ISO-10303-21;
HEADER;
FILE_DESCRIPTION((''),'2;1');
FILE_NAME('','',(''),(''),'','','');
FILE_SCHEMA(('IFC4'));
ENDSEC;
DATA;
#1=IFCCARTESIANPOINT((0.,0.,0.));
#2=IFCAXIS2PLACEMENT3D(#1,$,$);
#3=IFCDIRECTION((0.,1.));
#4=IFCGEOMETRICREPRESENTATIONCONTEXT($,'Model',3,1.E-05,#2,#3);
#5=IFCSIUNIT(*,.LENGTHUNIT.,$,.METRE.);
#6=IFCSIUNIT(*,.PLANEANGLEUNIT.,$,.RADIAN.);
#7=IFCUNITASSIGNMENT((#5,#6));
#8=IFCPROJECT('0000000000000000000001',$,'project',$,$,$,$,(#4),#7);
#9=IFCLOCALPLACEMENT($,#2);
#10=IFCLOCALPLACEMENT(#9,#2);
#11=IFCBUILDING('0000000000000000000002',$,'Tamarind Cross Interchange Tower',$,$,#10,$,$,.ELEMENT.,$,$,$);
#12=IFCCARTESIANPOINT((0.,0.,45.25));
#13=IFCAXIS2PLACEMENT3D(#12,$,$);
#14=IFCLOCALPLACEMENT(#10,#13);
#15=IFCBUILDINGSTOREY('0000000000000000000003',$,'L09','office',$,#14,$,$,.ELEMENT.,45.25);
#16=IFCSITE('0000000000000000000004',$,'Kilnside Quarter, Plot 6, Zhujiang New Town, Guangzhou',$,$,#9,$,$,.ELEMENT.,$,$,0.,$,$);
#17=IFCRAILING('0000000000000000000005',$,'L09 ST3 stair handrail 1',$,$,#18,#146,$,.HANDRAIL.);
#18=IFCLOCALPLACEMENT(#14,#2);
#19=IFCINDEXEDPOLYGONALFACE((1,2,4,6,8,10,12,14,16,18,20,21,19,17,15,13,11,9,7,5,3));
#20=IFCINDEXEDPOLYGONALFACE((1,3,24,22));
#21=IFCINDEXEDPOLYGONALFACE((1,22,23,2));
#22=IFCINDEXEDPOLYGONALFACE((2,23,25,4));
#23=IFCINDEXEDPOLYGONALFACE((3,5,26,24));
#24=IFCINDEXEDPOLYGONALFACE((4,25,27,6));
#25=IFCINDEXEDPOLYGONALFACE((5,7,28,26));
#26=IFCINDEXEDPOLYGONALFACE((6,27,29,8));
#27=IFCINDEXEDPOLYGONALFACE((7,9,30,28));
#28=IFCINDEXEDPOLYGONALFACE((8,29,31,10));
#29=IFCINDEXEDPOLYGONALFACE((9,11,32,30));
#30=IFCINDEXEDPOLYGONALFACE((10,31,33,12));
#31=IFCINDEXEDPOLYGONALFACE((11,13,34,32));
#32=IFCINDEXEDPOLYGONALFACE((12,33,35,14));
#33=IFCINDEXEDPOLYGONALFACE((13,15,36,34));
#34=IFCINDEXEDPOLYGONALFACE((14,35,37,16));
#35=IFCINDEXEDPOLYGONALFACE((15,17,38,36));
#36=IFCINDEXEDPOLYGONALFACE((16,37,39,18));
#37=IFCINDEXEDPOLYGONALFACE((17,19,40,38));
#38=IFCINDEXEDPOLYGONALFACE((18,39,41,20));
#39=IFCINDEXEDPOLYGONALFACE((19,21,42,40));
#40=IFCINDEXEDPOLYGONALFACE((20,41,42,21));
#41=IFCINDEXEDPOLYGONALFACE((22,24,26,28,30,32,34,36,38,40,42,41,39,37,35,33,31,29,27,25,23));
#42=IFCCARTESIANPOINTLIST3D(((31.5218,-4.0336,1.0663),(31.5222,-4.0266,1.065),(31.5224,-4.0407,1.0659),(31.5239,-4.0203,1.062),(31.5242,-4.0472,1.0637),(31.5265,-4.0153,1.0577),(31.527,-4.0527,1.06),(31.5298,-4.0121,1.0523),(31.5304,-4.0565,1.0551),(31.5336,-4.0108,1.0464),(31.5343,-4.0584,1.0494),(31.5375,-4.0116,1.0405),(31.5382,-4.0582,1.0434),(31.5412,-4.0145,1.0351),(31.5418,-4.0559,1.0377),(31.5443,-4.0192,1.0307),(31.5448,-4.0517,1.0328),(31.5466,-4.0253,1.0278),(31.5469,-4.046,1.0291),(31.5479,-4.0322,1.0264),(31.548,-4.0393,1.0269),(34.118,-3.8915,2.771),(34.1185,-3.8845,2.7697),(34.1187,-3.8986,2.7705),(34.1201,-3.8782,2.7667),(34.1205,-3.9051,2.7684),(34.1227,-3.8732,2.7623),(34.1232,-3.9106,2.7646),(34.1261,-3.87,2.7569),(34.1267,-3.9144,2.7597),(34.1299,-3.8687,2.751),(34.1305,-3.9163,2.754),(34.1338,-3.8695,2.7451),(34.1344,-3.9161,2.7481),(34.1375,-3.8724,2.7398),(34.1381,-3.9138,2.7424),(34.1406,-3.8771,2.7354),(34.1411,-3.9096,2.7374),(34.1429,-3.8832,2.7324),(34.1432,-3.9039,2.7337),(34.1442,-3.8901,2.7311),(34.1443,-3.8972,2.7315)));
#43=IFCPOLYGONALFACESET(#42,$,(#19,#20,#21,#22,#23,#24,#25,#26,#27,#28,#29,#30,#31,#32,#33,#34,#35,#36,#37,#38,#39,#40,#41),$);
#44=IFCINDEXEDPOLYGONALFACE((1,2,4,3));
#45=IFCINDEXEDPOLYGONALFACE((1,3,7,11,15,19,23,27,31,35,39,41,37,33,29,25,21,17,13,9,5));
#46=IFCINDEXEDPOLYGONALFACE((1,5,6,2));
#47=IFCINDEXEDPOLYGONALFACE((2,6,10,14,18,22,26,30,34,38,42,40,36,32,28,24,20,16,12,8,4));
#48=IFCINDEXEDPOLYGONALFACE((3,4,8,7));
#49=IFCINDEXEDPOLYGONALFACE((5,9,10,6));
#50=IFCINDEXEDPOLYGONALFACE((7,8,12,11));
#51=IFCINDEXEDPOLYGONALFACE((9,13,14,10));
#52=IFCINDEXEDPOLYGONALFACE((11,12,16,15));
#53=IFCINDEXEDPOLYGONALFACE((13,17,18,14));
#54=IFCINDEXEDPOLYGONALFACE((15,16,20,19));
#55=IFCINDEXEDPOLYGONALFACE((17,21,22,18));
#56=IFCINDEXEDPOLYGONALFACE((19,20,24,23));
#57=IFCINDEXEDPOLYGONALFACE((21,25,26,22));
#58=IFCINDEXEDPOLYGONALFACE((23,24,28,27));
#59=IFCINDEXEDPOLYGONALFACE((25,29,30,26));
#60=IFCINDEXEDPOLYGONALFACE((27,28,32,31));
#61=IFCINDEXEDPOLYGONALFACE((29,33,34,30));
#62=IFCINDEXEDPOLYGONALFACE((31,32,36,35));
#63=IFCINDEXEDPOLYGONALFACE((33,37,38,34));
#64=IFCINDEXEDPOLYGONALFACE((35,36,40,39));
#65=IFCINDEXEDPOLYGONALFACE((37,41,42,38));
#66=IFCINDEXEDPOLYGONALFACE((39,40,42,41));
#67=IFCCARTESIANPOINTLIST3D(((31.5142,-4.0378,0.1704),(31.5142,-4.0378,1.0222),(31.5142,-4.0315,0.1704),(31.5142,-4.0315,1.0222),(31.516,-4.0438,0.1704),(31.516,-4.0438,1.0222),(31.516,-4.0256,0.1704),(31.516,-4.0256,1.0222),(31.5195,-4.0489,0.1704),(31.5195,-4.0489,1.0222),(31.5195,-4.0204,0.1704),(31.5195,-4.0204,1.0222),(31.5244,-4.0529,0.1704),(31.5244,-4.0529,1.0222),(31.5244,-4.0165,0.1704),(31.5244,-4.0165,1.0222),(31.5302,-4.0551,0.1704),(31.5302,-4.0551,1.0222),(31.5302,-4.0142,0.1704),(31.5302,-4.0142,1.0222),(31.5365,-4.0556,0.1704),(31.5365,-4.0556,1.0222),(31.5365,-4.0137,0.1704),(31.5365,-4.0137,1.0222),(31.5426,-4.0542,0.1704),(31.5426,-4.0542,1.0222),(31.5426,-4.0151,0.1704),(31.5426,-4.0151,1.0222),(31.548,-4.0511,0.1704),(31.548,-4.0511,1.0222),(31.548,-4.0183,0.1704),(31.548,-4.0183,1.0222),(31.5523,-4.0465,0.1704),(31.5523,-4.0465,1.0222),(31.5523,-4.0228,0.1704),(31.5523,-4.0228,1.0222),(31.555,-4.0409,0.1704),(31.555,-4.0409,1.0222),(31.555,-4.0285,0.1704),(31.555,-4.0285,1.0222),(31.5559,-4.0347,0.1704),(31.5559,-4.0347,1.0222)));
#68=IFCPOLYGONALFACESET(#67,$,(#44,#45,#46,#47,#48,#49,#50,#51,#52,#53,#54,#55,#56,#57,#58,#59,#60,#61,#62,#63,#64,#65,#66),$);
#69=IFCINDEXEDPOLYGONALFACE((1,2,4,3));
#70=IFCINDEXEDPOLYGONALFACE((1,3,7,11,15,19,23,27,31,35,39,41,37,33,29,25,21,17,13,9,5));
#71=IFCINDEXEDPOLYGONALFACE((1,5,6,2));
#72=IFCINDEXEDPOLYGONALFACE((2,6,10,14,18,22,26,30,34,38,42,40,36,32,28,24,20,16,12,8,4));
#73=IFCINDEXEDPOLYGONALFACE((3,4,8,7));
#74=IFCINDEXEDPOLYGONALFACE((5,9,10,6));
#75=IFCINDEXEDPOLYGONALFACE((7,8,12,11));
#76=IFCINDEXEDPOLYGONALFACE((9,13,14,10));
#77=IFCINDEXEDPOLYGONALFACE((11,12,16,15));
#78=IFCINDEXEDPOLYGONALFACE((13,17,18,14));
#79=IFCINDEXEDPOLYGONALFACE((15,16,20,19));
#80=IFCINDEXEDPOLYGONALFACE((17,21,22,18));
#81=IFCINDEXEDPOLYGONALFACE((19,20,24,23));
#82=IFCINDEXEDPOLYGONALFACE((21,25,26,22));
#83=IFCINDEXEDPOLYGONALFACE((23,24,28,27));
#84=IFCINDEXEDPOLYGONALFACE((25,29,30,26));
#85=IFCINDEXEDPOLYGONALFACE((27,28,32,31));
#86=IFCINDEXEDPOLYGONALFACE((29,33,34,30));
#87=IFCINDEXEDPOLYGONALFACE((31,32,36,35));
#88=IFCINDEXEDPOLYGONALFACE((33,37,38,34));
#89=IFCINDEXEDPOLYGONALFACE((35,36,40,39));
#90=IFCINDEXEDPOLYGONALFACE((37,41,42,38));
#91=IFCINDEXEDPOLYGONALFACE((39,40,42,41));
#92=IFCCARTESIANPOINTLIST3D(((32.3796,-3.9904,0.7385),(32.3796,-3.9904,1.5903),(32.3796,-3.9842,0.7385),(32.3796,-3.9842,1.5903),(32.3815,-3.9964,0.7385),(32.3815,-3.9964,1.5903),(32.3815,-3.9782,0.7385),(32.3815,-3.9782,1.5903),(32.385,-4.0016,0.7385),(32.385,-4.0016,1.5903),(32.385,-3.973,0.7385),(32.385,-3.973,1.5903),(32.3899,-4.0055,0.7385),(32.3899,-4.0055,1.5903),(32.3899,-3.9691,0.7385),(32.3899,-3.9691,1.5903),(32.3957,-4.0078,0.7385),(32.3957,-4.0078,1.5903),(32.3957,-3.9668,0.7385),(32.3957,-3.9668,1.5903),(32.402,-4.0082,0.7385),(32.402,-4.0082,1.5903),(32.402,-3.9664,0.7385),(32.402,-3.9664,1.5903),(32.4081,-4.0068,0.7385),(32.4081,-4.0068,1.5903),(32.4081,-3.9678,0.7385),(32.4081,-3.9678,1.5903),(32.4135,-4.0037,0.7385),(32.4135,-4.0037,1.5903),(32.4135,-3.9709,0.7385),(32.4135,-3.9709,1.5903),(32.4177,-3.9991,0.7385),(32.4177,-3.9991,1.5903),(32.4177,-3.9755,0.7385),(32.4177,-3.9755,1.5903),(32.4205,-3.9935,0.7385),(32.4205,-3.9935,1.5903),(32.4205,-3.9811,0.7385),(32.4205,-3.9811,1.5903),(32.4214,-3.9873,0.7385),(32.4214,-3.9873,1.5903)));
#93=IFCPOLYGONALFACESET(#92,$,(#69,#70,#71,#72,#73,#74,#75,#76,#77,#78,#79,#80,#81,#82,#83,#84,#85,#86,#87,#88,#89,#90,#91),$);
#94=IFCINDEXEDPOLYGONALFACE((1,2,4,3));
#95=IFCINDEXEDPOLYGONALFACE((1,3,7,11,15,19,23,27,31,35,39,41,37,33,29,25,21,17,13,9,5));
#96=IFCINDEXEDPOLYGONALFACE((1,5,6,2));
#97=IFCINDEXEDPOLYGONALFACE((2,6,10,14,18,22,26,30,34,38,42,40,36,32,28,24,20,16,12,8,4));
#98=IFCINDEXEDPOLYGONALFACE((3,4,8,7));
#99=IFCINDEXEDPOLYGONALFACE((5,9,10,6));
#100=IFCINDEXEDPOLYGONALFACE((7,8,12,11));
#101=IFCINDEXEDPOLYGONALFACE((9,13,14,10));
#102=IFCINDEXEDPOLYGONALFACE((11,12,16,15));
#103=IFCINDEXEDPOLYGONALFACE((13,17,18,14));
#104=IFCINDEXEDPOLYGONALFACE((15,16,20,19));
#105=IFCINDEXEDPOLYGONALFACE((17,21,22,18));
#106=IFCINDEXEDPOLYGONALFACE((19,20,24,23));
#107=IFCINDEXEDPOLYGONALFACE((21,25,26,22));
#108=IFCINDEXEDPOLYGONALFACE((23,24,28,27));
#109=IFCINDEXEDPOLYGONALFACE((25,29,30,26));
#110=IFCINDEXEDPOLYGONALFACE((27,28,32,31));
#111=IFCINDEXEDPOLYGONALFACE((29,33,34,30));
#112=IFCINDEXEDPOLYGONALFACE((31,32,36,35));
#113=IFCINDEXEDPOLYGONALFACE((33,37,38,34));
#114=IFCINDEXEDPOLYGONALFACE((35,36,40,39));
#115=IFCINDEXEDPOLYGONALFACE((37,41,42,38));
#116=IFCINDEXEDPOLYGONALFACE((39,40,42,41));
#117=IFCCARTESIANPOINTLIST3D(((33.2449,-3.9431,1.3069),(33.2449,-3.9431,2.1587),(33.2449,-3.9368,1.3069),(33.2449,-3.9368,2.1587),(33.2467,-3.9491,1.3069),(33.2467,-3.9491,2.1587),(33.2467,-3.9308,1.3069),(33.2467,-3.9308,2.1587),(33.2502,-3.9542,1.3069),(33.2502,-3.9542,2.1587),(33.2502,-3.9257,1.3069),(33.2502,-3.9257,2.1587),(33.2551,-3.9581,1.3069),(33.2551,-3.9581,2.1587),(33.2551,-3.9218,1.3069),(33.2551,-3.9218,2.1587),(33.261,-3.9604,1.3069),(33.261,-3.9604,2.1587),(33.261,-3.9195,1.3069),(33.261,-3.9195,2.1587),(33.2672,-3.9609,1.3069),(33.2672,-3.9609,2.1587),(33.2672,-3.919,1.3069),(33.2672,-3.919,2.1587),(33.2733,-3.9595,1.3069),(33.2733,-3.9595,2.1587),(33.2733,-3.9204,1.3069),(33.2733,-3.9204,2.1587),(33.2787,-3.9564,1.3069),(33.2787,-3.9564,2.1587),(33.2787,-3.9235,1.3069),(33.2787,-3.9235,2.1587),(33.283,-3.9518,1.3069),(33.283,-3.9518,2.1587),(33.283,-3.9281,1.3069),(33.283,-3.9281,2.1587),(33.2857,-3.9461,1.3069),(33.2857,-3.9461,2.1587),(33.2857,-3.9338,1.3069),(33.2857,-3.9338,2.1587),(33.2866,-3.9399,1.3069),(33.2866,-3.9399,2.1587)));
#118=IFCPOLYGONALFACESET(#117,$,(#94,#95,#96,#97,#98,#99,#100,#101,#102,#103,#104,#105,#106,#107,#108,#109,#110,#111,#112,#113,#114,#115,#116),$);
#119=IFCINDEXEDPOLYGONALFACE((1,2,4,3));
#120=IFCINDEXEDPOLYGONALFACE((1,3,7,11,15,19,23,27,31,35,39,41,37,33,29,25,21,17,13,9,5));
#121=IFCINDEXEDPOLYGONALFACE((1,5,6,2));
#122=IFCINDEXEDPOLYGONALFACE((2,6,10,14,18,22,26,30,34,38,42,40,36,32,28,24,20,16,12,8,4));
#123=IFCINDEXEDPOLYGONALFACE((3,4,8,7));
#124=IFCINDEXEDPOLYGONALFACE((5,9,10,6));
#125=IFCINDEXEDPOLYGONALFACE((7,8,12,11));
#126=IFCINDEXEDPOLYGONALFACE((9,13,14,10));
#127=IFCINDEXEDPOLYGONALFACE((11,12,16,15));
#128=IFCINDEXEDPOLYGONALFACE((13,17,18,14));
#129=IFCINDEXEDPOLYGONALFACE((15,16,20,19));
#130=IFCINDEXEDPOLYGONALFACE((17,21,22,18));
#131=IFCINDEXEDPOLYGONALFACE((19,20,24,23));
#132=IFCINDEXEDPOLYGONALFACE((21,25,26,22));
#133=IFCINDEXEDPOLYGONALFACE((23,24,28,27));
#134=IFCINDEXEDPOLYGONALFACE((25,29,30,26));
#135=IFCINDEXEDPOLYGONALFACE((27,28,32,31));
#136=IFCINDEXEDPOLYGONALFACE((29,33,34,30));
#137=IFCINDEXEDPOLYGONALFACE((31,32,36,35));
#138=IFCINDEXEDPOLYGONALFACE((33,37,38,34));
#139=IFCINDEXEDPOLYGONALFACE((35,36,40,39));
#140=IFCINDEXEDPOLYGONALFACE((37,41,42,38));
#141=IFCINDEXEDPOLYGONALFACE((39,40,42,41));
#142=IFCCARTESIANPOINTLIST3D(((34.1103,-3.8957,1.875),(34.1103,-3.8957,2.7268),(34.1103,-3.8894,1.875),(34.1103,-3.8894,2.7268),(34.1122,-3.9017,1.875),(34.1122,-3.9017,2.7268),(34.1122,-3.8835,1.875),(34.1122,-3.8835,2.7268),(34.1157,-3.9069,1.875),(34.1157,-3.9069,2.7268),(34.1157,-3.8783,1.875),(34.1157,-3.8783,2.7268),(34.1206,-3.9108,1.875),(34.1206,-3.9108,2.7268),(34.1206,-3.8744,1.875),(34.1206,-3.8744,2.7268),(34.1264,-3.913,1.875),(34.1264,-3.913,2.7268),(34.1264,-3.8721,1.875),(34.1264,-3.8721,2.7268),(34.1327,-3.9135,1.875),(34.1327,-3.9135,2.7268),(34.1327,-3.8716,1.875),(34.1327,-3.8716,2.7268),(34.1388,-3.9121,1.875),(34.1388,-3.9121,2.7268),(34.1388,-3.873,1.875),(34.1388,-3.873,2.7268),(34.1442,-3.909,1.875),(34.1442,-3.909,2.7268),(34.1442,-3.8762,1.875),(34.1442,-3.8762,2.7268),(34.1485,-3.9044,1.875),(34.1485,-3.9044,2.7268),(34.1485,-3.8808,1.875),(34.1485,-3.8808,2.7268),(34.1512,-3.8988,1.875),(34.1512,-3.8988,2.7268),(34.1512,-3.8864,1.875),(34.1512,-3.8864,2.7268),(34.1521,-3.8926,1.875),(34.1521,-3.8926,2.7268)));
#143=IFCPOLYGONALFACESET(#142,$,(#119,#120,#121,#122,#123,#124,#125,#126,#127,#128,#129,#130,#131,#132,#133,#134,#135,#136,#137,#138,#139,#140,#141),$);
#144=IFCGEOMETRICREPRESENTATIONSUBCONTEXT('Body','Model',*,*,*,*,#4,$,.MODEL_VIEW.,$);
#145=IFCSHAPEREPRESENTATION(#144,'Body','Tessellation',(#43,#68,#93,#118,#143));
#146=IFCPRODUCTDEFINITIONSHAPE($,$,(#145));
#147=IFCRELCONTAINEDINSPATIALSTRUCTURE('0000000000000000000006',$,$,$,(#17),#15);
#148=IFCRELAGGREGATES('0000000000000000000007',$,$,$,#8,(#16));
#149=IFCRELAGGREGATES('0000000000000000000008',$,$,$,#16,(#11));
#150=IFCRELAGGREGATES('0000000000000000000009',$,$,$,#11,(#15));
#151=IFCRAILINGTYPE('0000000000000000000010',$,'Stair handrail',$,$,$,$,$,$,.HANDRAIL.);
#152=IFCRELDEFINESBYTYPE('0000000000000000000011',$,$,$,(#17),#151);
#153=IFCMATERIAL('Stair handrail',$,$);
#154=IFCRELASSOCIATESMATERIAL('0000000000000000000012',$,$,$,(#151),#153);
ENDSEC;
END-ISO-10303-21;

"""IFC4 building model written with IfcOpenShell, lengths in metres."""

from ifc_helpers import new_model, si_unit, direction, frame, origin, origin_2d, place, context, subcontext, project, spatial, circle, extrude, material, type_object, element, save


model = new_model("IFC4")

# Units and contexts
model_context = context("Model", 3, precision=1e-05, world=origin(), true_north=direction((0.0, 1.0)))
body_context = subcontext(model_context, "Body", "Model", "MODEL_VIEW")
ifc_project = project(units=[si_unit("LENGTHUNIT", "METRE"), si_unit("PLANEANGLEUNIT", "RADIAN")], contexts=[model_context])

# Site, building, storey
site_placement = place(None, origin())
site = spatial("IfcSite", under=ifc_project, at=site_placement, Name="Kilnside Quarter, Plot 6, Zhujiang New Town, Guangzhou", CompositionType="ELEMENT", RefElevation=0.0)
building_placement = place(site_placement, origin())
building = spatial("IfcBuilding", under=site, at=building_placement, Name="Tamarind Cross Interchange Tower", CompositionType="ELEMENT")
storey_placement = place(building_placement, frame((0.0, 0.0, 45.25)))
storey = spatial("IfcBuildingStorey", under=building, at=storey_placement, Name="L09", Description="office", CompositionType="ELEMENT", Elevation=45.25)

# Railing
ifc_material_1 = material(Name="Stair handrail")
railing_type_1 = type_object("IfcRailingType", Name="Stair handrail", PredefinedType="HANDRAIL", material=ifc_material_1)
railing_1_placement = place(storey_placement, frame((31.5349, -4.0347, 0.1704)))
element("IfcRailing", 1, at=railing_1_placement, inside=storey, type_object=railing_type_1, Name="L09 ST3 stair handrail 1", PredefinedType="HANDRAIL", context=body_context, shape_type="SweptSolid", body=[
    extrude(circle(Radius=0.0239, at=origin_2d()), frame((0.0, 0.0, 0.876), z_axis=(0.83505, 0.045702, 0.548272), x_axis=(-0.054648, 0.998506, 0.0)), (0.0, 0.0, 1.0), 3.1091),
    extrude(circle(Radius=0.021, at=origin_2d()), origin(), (0.0, 0.0, 1.0), 0.8518),
    extrude(circle(Radius=0.021, at=origin_2d()), frame((0.8655, 0.0474, 0.5681)), (0.0, 0.0, 1.0), 0.8518),
    extrude(circle(Radius=0.021, at=origin_2d()), frame((1.7307, 0.0947, 1.1365)), (0.0, 0.0, 1.0), 0.8518),
    extrude(circle(Radius=0.021, at=origin_2d()), frame((2.5962, 0.1421, 1.7046)), (0.0, 0.0, 1.0), 0.8518),
])

save(model, "model.ifc")
